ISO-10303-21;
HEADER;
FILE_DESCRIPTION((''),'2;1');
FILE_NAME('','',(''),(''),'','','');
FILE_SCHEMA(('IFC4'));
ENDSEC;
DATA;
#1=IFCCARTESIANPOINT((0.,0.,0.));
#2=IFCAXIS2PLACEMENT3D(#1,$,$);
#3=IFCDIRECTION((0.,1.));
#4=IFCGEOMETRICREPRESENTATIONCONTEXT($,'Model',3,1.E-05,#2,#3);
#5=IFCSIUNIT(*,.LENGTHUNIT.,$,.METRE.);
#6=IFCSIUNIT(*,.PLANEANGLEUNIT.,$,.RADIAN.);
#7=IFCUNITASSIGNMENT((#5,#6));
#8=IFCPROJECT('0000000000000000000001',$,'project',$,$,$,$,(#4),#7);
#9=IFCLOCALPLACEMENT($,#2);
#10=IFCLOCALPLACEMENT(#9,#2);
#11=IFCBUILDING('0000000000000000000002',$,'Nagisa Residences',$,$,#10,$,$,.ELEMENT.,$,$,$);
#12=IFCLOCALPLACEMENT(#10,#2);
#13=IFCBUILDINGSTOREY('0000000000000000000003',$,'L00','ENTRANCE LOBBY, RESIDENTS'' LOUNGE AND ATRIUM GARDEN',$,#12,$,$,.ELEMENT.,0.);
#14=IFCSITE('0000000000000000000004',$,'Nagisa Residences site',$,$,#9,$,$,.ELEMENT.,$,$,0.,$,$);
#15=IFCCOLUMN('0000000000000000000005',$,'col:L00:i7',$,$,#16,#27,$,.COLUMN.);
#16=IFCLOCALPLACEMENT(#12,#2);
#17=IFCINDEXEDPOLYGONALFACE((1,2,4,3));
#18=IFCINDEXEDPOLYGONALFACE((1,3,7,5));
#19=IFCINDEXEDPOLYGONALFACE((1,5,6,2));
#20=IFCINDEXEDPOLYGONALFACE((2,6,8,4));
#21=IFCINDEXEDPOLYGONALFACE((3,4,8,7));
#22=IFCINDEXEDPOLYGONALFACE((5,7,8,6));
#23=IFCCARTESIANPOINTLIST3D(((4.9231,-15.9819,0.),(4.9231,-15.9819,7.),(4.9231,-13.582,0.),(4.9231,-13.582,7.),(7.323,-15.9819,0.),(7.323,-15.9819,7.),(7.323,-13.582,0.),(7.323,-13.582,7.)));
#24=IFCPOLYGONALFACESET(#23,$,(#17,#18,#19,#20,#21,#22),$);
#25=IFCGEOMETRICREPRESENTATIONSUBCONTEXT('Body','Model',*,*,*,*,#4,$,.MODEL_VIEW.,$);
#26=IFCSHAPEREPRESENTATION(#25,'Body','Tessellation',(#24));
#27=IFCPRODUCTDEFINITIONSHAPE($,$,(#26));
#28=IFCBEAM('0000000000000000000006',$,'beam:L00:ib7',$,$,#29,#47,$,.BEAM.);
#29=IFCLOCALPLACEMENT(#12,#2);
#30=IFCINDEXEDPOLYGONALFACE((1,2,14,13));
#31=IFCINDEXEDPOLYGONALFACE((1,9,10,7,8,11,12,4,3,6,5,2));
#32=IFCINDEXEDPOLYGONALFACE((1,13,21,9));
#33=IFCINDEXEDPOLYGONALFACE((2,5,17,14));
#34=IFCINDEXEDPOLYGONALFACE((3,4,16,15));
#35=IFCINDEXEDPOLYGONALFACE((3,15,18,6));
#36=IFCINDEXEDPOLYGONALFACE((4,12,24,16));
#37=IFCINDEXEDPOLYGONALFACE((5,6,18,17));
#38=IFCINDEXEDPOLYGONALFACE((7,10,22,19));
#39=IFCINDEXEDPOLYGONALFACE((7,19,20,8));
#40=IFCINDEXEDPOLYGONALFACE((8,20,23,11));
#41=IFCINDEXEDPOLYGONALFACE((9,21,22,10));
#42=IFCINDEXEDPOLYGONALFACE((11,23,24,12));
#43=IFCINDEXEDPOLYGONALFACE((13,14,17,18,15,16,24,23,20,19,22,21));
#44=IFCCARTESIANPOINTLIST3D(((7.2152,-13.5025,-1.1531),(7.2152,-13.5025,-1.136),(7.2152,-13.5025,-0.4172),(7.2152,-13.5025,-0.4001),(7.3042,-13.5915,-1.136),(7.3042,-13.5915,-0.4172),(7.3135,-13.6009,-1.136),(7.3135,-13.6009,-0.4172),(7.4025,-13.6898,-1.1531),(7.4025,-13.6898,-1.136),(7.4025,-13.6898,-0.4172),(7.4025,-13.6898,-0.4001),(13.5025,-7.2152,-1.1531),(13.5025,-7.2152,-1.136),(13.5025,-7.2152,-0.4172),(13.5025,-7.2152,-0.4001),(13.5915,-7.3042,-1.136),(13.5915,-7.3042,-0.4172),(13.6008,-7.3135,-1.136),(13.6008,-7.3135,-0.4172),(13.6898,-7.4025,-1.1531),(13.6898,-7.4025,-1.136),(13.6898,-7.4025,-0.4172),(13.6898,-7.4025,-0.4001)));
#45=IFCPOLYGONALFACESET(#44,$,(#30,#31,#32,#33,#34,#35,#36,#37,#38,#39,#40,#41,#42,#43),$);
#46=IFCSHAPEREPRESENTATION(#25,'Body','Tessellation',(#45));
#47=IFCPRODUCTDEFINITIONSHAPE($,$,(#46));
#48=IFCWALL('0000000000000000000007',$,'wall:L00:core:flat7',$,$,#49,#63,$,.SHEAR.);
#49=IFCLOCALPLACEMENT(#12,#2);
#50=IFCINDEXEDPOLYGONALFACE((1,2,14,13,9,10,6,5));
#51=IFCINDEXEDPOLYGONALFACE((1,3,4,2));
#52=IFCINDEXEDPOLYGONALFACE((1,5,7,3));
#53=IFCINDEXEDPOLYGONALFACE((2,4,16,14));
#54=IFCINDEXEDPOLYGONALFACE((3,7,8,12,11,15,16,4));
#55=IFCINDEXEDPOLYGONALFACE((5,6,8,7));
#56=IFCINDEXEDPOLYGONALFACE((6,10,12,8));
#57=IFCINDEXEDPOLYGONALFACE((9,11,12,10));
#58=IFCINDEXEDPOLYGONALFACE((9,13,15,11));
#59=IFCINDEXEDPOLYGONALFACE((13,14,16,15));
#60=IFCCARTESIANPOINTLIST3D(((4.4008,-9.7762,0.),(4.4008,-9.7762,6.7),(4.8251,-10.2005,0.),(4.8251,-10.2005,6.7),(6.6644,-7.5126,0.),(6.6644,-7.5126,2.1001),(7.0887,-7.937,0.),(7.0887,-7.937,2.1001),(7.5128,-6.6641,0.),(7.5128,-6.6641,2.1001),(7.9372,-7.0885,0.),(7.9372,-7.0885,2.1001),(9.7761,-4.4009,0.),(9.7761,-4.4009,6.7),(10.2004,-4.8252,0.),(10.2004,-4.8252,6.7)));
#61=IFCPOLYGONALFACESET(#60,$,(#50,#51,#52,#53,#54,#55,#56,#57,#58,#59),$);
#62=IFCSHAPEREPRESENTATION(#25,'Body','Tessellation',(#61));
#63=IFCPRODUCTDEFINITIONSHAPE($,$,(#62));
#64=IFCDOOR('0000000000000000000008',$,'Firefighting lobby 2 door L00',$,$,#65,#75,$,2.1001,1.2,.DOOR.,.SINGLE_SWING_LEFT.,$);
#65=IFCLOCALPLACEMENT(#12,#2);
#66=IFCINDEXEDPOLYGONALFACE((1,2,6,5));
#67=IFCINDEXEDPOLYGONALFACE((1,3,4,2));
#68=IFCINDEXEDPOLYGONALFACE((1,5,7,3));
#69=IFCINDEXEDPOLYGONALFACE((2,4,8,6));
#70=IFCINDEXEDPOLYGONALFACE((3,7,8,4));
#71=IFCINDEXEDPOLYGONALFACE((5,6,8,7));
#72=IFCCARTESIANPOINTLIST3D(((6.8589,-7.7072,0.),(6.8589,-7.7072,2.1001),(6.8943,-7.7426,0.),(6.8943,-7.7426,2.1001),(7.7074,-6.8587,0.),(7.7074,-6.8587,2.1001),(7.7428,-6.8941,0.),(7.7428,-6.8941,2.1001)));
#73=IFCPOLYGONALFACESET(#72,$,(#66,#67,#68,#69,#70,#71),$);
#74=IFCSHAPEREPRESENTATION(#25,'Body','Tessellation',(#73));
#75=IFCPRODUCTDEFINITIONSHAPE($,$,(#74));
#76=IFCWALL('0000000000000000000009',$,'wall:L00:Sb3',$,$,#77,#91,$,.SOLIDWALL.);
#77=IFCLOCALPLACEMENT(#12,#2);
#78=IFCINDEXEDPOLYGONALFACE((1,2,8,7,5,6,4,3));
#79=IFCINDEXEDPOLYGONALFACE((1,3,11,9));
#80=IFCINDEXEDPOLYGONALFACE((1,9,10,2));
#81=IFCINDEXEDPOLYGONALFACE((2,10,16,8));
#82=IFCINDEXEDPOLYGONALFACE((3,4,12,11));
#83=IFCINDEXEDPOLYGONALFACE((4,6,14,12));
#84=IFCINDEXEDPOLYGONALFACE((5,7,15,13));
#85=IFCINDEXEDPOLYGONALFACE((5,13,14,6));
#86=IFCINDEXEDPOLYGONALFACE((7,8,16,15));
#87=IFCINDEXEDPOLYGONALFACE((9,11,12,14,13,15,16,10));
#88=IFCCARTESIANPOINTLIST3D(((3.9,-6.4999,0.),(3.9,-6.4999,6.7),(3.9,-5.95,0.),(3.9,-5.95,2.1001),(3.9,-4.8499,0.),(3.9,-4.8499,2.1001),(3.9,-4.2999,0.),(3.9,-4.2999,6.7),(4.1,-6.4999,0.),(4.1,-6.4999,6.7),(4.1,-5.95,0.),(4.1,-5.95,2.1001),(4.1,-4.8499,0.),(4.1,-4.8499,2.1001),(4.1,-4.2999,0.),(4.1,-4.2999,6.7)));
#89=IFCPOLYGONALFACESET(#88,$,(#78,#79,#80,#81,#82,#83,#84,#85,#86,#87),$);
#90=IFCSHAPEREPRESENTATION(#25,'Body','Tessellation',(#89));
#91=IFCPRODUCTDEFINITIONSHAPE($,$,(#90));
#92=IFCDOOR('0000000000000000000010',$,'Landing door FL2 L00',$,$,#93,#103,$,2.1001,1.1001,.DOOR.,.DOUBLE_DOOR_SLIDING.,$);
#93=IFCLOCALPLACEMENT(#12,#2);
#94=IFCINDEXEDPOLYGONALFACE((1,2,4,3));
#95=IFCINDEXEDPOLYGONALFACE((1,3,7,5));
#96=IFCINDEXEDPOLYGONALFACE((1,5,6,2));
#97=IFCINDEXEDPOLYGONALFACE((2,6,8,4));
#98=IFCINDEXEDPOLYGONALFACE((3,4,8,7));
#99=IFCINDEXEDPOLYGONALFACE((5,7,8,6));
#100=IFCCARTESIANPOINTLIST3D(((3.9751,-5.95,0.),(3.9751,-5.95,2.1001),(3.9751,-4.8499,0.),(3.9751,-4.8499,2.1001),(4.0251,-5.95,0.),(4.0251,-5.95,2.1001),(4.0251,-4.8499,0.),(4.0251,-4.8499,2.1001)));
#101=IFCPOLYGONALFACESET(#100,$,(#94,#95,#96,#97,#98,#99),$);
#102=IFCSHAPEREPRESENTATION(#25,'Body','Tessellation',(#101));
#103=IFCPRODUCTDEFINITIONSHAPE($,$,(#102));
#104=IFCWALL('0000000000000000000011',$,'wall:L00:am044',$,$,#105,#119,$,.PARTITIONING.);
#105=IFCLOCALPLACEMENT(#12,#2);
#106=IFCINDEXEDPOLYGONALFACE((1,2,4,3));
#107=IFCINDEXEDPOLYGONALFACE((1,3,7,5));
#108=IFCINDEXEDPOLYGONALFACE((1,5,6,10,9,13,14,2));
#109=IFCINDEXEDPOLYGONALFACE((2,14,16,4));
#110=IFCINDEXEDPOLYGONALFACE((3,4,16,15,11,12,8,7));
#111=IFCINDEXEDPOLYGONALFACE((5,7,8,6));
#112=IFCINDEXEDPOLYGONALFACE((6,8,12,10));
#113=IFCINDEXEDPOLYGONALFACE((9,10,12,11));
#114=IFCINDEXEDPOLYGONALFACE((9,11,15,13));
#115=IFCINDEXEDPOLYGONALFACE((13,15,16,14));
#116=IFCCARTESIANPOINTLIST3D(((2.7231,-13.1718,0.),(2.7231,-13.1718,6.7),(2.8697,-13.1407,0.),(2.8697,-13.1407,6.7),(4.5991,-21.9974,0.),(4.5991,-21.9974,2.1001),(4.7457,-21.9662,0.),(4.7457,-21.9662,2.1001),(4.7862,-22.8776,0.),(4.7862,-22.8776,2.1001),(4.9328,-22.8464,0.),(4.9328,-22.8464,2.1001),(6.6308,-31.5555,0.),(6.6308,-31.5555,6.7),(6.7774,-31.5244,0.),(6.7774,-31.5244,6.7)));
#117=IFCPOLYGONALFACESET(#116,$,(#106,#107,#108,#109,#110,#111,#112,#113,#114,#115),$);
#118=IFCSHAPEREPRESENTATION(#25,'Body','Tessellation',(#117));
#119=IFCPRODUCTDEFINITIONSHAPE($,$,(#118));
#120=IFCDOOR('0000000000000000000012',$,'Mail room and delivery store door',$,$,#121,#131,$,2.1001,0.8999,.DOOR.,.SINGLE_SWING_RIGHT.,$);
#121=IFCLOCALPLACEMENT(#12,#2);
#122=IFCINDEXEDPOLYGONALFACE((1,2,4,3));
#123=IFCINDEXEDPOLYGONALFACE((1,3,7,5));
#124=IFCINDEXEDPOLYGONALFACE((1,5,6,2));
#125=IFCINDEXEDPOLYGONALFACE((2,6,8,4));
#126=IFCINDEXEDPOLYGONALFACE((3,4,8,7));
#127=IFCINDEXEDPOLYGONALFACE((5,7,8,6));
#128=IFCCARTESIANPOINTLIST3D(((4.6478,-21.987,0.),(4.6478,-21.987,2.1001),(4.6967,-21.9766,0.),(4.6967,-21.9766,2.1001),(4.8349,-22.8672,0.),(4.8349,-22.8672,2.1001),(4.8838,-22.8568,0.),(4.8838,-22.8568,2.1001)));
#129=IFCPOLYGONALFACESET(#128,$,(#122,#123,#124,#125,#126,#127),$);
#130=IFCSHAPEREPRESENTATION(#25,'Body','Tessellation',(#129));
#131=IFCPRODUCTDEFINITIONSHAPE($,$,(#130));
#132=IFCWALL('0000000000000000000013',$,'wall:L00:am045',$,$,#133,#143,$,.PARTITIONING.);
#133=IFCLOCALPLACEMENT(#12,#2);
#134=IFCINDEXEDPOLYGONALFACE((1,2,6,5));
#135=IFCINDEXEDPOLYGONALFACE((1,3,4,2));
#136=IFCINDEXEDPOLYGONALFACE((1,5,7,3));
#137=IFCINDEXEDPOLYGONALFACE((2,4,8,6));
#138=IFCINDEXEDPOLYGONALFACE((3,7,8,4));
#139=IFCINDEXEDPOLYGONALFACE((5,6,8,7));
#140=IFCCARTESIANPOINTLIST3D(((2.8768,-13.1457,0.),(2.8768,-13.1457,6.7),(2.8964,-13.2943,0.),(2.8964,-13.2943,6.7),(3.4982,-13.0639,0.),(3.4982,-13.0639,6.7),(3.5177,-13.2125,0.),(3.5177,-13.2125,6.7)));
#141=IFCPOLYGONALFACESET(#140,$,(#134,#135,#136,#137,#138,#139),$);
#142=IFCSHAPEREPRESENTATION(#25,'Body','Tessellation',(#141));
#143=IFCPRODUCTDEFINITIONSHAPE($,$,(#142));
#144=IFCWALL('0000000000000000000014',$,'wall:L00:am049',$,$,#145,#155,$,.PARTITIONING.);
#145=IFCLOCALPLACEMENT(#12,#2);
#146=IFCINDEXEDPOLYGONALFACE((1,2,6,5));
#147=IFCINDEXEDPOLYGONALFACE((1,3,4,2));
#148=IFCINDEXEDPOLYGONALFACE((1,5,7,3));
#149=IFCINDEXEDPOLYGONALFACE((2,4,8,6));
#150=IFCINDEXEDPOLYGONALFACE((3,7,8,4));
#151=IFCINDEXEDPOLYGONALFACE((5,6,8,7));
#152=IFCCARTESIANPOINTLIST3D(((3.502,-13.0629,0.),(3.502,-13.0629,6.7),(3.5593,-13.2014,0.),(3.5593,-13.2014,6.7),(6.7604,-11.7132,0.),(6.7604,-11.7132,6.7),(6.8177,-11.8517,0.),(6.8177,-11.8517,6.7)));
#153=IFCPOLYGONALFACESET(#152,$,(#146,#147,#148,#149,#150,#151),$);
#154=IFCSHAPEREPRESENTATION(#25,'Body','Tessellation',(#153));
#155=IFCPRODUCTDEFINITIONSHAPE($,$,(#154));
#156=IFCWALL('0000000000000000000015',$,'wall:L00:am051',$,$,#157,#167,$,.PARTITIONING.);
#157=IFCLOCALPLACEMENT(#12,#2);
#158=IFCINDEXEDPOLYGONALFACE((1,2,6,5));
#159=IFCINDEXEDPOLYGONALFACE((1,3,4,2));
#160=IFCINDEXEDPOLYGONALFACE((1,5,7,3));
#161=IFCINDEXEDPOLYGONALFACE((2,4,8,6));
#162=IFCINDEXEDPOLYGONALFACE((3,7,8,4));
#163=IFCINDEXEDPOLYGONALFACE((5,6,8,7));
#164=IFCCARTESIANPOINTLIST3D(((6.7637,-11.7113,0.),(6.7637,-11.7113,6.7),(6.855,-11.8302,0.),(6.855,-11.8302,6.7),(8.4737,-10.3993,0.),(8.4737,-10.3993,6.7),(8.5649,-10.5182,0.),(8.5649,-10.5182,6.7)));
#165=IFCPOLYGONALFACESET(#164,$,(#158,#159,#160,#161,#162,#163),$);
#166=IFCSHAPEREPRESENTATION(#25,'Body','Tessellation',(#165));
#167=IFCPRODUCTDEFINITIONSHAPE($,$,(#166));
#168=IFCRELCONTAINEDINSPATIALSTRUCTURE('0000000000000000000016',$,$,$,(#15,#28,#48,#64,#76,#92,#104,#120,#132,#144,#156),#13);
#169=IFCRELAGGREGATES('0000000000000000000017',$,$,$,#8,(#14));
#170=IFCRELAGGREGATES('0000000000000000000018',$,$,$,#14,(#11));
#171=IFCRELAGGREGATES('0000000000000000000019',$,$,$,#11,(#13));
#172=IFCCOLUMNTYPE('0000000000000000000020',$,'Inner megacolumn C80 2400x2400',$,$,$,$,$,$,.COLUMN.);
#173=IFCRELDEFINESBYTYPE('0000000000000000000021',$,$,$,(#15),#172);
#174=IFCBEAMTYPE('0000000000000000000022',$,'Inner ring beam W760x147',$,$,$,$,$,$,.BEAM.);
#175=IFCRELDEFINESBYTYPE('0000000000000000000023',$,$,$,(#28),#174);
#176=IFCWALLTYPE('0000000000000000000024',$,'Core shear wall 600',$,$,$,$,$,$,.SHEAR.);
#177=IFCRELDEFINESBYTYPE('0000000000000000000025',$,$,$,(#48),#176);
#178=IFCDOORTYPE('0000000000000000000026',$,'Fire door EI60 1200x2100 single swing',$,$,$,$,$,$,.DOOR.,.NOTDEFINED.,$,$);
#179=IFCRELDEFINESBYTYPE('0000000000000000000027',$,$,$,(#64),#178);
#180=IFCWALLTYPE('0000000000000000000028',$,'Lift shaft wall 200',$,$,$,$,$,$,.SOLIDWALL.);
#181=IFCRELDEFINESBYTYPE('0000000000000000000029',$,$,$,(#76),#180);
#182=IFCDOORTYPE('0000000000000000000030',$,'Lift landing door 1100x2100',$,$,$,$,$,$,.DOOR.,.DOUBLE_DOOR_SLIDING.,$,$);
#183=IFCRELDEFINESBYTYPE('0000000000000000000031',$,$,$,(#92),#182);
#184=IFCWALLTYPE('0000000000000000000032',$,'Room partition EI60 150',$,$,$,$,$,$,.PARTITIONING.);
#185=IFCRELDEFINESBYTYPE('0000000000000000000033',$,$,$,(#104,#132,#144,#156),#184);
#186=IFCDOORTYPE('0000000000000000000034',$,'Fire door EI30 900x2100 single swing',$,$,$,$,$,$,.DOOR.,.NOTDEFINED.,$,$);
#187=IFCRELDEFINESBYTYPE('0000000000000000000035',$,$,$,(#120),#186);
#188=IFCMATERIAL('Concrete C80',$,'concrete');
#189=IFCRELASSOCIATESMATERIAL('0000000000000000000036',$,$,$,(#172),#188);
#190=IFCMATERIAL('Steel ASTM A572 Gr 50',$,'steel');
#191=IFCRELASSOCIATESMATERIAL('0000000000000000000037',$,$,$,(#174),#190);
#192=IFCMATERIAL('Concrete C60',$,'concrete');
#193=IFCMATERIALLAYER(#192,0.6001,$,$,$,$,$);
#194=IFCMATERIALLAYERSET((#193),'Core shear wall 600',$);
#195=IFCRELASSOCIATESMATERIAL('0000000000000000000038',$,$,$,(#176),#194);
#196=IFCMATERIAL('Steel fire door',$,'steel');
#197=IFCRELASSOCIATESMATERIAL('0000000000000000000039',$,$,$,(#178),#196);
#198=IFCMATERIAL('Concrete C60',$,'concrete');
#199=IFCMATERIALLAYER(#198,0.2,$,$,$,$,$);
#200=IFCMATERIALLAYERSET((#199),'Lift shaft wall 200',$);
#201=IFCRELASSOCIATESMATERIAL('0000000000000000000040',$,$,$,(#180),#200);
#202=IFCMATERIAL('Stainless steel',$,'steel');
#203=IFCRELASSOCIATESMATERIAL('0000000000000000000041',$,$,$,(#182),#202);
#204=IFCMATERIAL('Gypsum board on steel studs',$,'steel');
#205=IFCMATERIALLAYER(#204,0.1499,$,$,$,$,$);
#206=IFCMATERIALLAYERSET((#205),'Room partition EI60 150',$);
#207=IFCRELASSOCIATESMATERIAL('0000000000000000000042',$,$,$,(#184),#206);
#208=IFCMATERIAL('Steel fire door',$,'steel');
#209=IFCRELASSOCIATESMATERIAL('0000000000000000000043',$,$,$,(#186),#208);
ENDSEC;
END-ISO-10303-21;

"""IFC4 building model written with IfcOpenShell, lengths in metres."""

from ifc_helpers import new_model, si_unit, direction, frame, frame_2d, origin, origin_2d, place, context, subcontext, project, spatial, rectangle, i_section, extrude, material, layer, layer_set, material_profile, profile_set, type_object, element, fill, save


model = new_model("IFC4")

# Units and contexts
model_context = context("Model", 3, precision=1e-05, world=origin(), true_north=direction((0.0, 1.0)))
body_context = subcontext(model_context, "Body", "Model", "MODEL_VIEW")
ifc_project = project(units=[si_unit("LENGTHUNIT", "METRE"), si_unit("PLANEANGLEUNIT", "RADIAN")], contexts=[model_context])

# Site, building, storey
site_placement = place(None, origin())
site = spatial("IfcSite", under=ifc_project, at=site_placement, Name="Nagisa Residences site", CompositionType="ELEMENT", RefElevation=0.0)
building_placement = place(site_placement, origin())
building = spatial("IfcBuilding", under=site, at=building_placement, Name="Nagisa Residences", CompositionType="ELEMENT")
storey_placement = place(building_placement, origin())
storey = spatial("IfcBuildingStorey", under=building, at=storey_placement, Name="L00", Description="ENTRANCE LOBBY, RESIDENTS' LOUNGE AND ATRIUM GARDEN", CompositionType="ELEMENT", Elevation=0.0)

# Column
ifc_material_1 = material(Name="Concrete C80", Category="concrete")
ifc_material_profile_1 = material_profile(ifc_material_1, rectangle(XDim=2.3999, YDim=2.3999, at=origin_2d()), Name="C80 2400x2400")
ifc_profile_set_1 = profile_set([ifc_material_profile_1], Name="Concrete C80")
column_type = type_object("IfcColumnType", Name="Inner megacolumn C80 2400x2400", PredefinedType="COLUMN", material=ifc_profile_set_1)
column_placement = place(storey_placement, frame((6.123, -14.782, 0.0), z_axis=(0.0, 0.0, 1.0), x_axis=(1.0, 0.0, 0.0)))
element("IfcColumn", 1, at=column_placement, inside=storey, type_object=column_type, Name="col:L00:i7", PredefinedType="COLUMN", context=body_context, shape_type="SweptSolid", body=[
    extrude(rectangle(XDim=2.3999, YDim=2.3999, at=origin_2d()), origin(), (0.0, 0.0, 1.0), 7.0),
])

# Beam
ifc_material_2 = material(Name="Steel ASTM A572 Gr 50", Category="steel")
ifc_material_profile_2 = material_profile(ifc_material_2, i_section(OverallWidth=0.2649, OverallDepth=0.7529, WebThickness=0.0132, FlangeThickness=0.0171, at=origin_2d()), Name="W760x147")
ifc_profile_set_2 = profile_set([ifc_material_profile_2], Name="Steel ASTM A572 Gr 50")
beam_type = type_object("IfcBeamType", Name="Inner ring beam W760x147", PredefinedType="BEAM", material=ifc_profile_set_2)
beam_placement = place(storey_placement, frame((7.3088, -13.5962, -0.7766), z_axis=(0.707107, 0.707107, 0.0), x_axis=(-0.707107, 0.707107, 0.0)))
element("IfcBeam", 2, at=beam_placement, inside=storey, type_object=beam_type, Name="beam:L00:ib7", PredefinedType="BEAM", context=body_context, shape_type="SweptSolid", body=[
    extrude(i_section(OverallWidth=0.2649, OverallDepth=0.7529, WebThickness=0.0132, FlangeThickness=0.0171, at=origin_2d()), origin(), (0.0, 0.0, 1.0), 8.8916),
])

# Walls, openings, doors
ifc_material_3 = material(Name="Concrete C60", Category="concrete")
ifc_layer_1 = layer(ifc_material_3, 0.6001)
ifc_layer_set_1 = layer_set([ifc_layer_1], Name="Core shear wall 600")
wall_type_1 = type_object("IfcWallType", Name="Core shear wall 600", PredefinedType="SHEAR", material=ifc_layer_set_1)
wall_1_placement = place(storey_placement, frame((4.613, -9.9883, 0.0), z_axis=(0.0, 0.0, 1.0), x_axis=(0.707107, 0.707107, 0.0)))
wall_1 = element("IfcWall", 3, at=wall_1_placement, inside=storey, type_object=wall_type_1, Name="wall:L00:core:flat7", PredefinedType="SHEAR", context=body_context, shape_type="SweptSolid", body=[
    extrude(rectangle(XDim=7.6018, YDim=0.6001, at=frame_2d((3.8008, 0.0))), origin(), (0.0, 0.0, 1.0), 6.7),
])
opening_1_placement = place(wall_1_placement, frame((3.2009, 0.0, 0.0)))
opening_1 = element("IfcOpeningElement", 4, at=opening_1_placement, cuts=wall_1, PredefinedType="OPENING", context=body_context, shape_type="SweptSolid", body=[
    extrude(rectangle(XDim=1.2, YDim=2.1001, at=frame_2d((0.6001, 1.05))), frame((0.0, 0.3101, 0.0), z_axis=(0.0, -1.0, 0.0), x_axis=(1.0, 0.0, 0.0)), (0.0, 0.0, 1.0), 0.6201),
])
ifc_material_4 = material(Name="Steel fire door", Category="steel")
door_type_1 = type_object("IfcDoorType", Name="Fire door EI60 1200x2100 single swing", OperationType="NOTDEFINED", PredefinedType="DOOR", material=ifc_material_4)
door_1_placement = place(opening_1_placement, origin())
door_1 = element("IfcDoor", 5, at=door_1_placement, inside=storey, type_object=door_type_1, Name="Firefighting lobby 2 door L00", OperationType="SINGLE_SWING_LEFT", OverallHeight=2.1001, OverallWidth=1.2, PredefinedType="DOOR", context=body_context, shape_type="SweptSolid", body=[
    extrude(rectangle(XDim=1.2, YDim=2.1001, at=frame_2d((0.6001, 1.05))), frame((0.0, 0.0249, 0.0), z_axis=(0.0, -1.0, 0.0), x_axis=(1.0, 0.0, 0.0)), (0.0, 0.0, 1.0), 0.05),
])
fill(opening_1, door_1)
ifc_material_5 = material(Name="Concrete C60", Category="concrete")
ifc_layer_2 = layer(ifc_material_5, 0.2)
ifc_layer_set_2 = layer_set([ifc_layer_2], Name="Lift shaft wall 200")
wall_type_2 = type_object("IfcWallType", Name="Lift shaft wall 200", PredefinedType="SOLIDWALL", material=ifc_layer_set_2)
wall_2_placement = place(storey_placement, frame((4.0, -6.5, 0.0), z_axis=(0.0, 0.0, 1.0), x_axis=(0.0, 1.0, 0.0)))
wall_2 = element("IfcWall", 6, at=wall_2_placement, inside=storey, type_object=wall_type_2, Name="wall:L00:Sb3", PredefinedType="SOLIDWALL", context=body_context, shape_type="SweptSolid", body=[
    extrude(rectangle(XDim=2.2, YDim=0.2, at=frame_2d((1.1001, 0.0))), origin(), (0.0, 0.0, 1.0), 6.7),
])
opening_2_placement = place(wall_2_placement, frame((0.55, 0.0, 0.0)))
opening_2 = element("IfcOpeningElement", 7, at=opening_2_placement, cuts=wall_2, PredefinedType="OPENING", context=body_context, shape_type="SweptSolid", body=[
    extrude(rectangle(XDim=1.1001, YDim=2.1001, at=frame_2d((0.55, 1.05))), frame((0.0, 0.1099, 0.0), z_axis=(0.0, -1.0, 0.0), x_axis=(1.0, 0.0, 0.0)), (0.0, 0.0, 1.0), 0.22),
])
ifc_material_6 = material(Name="Stainless steel", Category="steel")
door_type_2 = type_object("IfcDoorType", Name="Lift landing door 1100x2100", OperationType="DOUBLE_DOOR_SLIDING", PredefinedType="DOOR", material=ifc_material_6)
door_2_placement = place(opening_2_placement, origin())
door_2 = element("IfcDoor", 8, at=door_2_placement, inside=storey, type_object=door_type_2, Name="Landing door FL2 L00", OperationType="DOUBLE_DOOR_SLIDING", OverallHeight=2.1001, OverallWidth=1.1001, PredefinedType="DOOR", context=body_context, shape_type="SweptSolid", body=[
    extrude(rectangle(XDim=1.1001, YDim=2.1001, at=frame_2d((0.55, 1.05))), frame((0.0, 0.0249, 0.0), z_axis=(0.0, -1.0, 0.0), x_axis=(1.0, 0.0, 0.0)), (0.0, 0.0, 1.0), 0.05),
])
fill(opening_2, door_2)
ifc_material_7 = material(Name="Gypsum board on steel studs", Category="steel")
ifc_layer_3 = layer(ifc_material_7, 0.1499)
ifc_layer_set_3 = layer_set([ifc_layer_3], Name="Room partition EI60 150")
wall_type_3 = type_object("IfcWallType", Name="Room partition EI60 150", PredefinedType="PARTITIONING", material=ifc_layer_set_3)
wall_3_placement = place(storey_placement, frame((2.7964, -13.1562, 0.0), z_axis=(0.0, 0.0, 1.0), x_axis=(0.207918, -0.978146, 0.0)))
wall_3 = element("IfcWall", 9, at=wall_3_placement, inside=storey, type_object=wall_type_3, Name="wall:L00:am044", PredefinedType="PARTITIONING", context=body_context, shape_type="SweptSolid", body=[
    extrude(rectangle(XDim=18.7944, YDim=0.1499, at=frame_2d((9.3972, 0.0))), origin(), (0.0, 0.0, 1.0), 6.7),
])
opening_3_placement = place(wall_3_placement, frame((9.0227, 0.0, 0.0)))
opening_3 = element("IfcOpeningElement", 10, at=opening_3_placement, cuts=wall_3, PredefinedType="OPENING", context=body_context, shape_type="SweptSolid", body=[
    extrude(rectangle(XDim=0.8999, YDim=2.1001, at=frame_2d((0.45, 1.05))), frame((0.0, 0.085, 0.0), z_axis=(0.0, -1.0, 0.0), x_axis=(1.0, 0.0, 0.0)), (0.0, 0.0, 1.0), 0.1699),
])
ifc_material_8 = material(Name="Steel fire door", Category="steel")
door_type_3 = type_object("IfcDoorType", Name="Fire door EI30 900x2100 single swing", OperationType="NOTDEFINED", PredefinedType="DOOR", material=ifc_material_8)
door_3_placement = place(opening_3_placement, origin())
door_3 = element("IfcDoor", 11, at=door_3_placement, inside=storey, type_object=door_type_3, Name="Mail room and delivery store door", OperationType="SINGLE_SWING_RIGHT", OverallHeight=2.1001, OverallWidth=0.8999, PredefinedType="DOOR", context=body_context, shape_type="SweptSolid", body=[
    extrude(rectangle(XDim=0.8999, YDim=2.1001, at=frame_2d((0.45, 1.05))), frame((0.0, 0.0249, 0.0), z_axis=(0.0, -1.0, 0.0), x_axis=(1.0, 0.0, 0.0)), (0.0, 0.0, 1.0), 0.05),
])
fill(opening_3, door_3)

# Walls
wall_4_placement = place(storey_placement, frame((3.5081, -13.1382, 0.0), z_axis=(0.0, 0.0, 1.0), x_axis=(-0.991448, -0.130505, 0.0)))
element("IfcWall", 12, at=wall_4_placement, inside=storey, type_object=wall_type_3, Name="wall:L00:am045", PredefinedType="PARTITIONING", context=body_context, shape_type="SweptSolid", body=[
    extrude(rectangle(XDim=0.6267, YDim=0.1499, at=frame_2d((0.3135, 0.0))), origin(), (0.0, 0.0, 1.0), 6.7),
])
wall_5_placement = place(storey_placement, frame((6.7891, -11.7825, 0.0), z_axis=(0.0, 0.0, 1.0), x_axis=(-0.923882, -0.382678, 0.0)))
element("IfcWall", 13, at=wall_5_placement, inside=storey, type_object=wall_type_3, Name="wall:L00:am049", PredefinedType="PARTITIONING", context=body_context, shape_type="SweptSolid", body=[
    extrude(rectangle(XDim=3.5269, YDim=0.1499, at=frame_2d((1.7634, 0.0))), origin(), (0.0, 0.0, 1.0), 6.7),
])
wall_6_placement = place(storey_placement, frame((8.5193, -10.4587, 0.0), z_axis=(0.0, 0.0, 1.0), x_axis=(-0.793373, -0.608736, 0.0)))
element("IfcWall", 14, at=wall_6_placement, inside=storey, type_object=wall_type_3, Name="wall:L00:am051", PredefinedType="PARTITIONING", context=body_context, shape_type="SweptSolid", body=[
    extrude(rectangle(XDim=2.1553, YDim=0.1499, at=frame_2d((1.0776, 0.0))), origin(), (0.0, 0.0, 1.0), 6.7),
])

save(model, "model.ifc")
